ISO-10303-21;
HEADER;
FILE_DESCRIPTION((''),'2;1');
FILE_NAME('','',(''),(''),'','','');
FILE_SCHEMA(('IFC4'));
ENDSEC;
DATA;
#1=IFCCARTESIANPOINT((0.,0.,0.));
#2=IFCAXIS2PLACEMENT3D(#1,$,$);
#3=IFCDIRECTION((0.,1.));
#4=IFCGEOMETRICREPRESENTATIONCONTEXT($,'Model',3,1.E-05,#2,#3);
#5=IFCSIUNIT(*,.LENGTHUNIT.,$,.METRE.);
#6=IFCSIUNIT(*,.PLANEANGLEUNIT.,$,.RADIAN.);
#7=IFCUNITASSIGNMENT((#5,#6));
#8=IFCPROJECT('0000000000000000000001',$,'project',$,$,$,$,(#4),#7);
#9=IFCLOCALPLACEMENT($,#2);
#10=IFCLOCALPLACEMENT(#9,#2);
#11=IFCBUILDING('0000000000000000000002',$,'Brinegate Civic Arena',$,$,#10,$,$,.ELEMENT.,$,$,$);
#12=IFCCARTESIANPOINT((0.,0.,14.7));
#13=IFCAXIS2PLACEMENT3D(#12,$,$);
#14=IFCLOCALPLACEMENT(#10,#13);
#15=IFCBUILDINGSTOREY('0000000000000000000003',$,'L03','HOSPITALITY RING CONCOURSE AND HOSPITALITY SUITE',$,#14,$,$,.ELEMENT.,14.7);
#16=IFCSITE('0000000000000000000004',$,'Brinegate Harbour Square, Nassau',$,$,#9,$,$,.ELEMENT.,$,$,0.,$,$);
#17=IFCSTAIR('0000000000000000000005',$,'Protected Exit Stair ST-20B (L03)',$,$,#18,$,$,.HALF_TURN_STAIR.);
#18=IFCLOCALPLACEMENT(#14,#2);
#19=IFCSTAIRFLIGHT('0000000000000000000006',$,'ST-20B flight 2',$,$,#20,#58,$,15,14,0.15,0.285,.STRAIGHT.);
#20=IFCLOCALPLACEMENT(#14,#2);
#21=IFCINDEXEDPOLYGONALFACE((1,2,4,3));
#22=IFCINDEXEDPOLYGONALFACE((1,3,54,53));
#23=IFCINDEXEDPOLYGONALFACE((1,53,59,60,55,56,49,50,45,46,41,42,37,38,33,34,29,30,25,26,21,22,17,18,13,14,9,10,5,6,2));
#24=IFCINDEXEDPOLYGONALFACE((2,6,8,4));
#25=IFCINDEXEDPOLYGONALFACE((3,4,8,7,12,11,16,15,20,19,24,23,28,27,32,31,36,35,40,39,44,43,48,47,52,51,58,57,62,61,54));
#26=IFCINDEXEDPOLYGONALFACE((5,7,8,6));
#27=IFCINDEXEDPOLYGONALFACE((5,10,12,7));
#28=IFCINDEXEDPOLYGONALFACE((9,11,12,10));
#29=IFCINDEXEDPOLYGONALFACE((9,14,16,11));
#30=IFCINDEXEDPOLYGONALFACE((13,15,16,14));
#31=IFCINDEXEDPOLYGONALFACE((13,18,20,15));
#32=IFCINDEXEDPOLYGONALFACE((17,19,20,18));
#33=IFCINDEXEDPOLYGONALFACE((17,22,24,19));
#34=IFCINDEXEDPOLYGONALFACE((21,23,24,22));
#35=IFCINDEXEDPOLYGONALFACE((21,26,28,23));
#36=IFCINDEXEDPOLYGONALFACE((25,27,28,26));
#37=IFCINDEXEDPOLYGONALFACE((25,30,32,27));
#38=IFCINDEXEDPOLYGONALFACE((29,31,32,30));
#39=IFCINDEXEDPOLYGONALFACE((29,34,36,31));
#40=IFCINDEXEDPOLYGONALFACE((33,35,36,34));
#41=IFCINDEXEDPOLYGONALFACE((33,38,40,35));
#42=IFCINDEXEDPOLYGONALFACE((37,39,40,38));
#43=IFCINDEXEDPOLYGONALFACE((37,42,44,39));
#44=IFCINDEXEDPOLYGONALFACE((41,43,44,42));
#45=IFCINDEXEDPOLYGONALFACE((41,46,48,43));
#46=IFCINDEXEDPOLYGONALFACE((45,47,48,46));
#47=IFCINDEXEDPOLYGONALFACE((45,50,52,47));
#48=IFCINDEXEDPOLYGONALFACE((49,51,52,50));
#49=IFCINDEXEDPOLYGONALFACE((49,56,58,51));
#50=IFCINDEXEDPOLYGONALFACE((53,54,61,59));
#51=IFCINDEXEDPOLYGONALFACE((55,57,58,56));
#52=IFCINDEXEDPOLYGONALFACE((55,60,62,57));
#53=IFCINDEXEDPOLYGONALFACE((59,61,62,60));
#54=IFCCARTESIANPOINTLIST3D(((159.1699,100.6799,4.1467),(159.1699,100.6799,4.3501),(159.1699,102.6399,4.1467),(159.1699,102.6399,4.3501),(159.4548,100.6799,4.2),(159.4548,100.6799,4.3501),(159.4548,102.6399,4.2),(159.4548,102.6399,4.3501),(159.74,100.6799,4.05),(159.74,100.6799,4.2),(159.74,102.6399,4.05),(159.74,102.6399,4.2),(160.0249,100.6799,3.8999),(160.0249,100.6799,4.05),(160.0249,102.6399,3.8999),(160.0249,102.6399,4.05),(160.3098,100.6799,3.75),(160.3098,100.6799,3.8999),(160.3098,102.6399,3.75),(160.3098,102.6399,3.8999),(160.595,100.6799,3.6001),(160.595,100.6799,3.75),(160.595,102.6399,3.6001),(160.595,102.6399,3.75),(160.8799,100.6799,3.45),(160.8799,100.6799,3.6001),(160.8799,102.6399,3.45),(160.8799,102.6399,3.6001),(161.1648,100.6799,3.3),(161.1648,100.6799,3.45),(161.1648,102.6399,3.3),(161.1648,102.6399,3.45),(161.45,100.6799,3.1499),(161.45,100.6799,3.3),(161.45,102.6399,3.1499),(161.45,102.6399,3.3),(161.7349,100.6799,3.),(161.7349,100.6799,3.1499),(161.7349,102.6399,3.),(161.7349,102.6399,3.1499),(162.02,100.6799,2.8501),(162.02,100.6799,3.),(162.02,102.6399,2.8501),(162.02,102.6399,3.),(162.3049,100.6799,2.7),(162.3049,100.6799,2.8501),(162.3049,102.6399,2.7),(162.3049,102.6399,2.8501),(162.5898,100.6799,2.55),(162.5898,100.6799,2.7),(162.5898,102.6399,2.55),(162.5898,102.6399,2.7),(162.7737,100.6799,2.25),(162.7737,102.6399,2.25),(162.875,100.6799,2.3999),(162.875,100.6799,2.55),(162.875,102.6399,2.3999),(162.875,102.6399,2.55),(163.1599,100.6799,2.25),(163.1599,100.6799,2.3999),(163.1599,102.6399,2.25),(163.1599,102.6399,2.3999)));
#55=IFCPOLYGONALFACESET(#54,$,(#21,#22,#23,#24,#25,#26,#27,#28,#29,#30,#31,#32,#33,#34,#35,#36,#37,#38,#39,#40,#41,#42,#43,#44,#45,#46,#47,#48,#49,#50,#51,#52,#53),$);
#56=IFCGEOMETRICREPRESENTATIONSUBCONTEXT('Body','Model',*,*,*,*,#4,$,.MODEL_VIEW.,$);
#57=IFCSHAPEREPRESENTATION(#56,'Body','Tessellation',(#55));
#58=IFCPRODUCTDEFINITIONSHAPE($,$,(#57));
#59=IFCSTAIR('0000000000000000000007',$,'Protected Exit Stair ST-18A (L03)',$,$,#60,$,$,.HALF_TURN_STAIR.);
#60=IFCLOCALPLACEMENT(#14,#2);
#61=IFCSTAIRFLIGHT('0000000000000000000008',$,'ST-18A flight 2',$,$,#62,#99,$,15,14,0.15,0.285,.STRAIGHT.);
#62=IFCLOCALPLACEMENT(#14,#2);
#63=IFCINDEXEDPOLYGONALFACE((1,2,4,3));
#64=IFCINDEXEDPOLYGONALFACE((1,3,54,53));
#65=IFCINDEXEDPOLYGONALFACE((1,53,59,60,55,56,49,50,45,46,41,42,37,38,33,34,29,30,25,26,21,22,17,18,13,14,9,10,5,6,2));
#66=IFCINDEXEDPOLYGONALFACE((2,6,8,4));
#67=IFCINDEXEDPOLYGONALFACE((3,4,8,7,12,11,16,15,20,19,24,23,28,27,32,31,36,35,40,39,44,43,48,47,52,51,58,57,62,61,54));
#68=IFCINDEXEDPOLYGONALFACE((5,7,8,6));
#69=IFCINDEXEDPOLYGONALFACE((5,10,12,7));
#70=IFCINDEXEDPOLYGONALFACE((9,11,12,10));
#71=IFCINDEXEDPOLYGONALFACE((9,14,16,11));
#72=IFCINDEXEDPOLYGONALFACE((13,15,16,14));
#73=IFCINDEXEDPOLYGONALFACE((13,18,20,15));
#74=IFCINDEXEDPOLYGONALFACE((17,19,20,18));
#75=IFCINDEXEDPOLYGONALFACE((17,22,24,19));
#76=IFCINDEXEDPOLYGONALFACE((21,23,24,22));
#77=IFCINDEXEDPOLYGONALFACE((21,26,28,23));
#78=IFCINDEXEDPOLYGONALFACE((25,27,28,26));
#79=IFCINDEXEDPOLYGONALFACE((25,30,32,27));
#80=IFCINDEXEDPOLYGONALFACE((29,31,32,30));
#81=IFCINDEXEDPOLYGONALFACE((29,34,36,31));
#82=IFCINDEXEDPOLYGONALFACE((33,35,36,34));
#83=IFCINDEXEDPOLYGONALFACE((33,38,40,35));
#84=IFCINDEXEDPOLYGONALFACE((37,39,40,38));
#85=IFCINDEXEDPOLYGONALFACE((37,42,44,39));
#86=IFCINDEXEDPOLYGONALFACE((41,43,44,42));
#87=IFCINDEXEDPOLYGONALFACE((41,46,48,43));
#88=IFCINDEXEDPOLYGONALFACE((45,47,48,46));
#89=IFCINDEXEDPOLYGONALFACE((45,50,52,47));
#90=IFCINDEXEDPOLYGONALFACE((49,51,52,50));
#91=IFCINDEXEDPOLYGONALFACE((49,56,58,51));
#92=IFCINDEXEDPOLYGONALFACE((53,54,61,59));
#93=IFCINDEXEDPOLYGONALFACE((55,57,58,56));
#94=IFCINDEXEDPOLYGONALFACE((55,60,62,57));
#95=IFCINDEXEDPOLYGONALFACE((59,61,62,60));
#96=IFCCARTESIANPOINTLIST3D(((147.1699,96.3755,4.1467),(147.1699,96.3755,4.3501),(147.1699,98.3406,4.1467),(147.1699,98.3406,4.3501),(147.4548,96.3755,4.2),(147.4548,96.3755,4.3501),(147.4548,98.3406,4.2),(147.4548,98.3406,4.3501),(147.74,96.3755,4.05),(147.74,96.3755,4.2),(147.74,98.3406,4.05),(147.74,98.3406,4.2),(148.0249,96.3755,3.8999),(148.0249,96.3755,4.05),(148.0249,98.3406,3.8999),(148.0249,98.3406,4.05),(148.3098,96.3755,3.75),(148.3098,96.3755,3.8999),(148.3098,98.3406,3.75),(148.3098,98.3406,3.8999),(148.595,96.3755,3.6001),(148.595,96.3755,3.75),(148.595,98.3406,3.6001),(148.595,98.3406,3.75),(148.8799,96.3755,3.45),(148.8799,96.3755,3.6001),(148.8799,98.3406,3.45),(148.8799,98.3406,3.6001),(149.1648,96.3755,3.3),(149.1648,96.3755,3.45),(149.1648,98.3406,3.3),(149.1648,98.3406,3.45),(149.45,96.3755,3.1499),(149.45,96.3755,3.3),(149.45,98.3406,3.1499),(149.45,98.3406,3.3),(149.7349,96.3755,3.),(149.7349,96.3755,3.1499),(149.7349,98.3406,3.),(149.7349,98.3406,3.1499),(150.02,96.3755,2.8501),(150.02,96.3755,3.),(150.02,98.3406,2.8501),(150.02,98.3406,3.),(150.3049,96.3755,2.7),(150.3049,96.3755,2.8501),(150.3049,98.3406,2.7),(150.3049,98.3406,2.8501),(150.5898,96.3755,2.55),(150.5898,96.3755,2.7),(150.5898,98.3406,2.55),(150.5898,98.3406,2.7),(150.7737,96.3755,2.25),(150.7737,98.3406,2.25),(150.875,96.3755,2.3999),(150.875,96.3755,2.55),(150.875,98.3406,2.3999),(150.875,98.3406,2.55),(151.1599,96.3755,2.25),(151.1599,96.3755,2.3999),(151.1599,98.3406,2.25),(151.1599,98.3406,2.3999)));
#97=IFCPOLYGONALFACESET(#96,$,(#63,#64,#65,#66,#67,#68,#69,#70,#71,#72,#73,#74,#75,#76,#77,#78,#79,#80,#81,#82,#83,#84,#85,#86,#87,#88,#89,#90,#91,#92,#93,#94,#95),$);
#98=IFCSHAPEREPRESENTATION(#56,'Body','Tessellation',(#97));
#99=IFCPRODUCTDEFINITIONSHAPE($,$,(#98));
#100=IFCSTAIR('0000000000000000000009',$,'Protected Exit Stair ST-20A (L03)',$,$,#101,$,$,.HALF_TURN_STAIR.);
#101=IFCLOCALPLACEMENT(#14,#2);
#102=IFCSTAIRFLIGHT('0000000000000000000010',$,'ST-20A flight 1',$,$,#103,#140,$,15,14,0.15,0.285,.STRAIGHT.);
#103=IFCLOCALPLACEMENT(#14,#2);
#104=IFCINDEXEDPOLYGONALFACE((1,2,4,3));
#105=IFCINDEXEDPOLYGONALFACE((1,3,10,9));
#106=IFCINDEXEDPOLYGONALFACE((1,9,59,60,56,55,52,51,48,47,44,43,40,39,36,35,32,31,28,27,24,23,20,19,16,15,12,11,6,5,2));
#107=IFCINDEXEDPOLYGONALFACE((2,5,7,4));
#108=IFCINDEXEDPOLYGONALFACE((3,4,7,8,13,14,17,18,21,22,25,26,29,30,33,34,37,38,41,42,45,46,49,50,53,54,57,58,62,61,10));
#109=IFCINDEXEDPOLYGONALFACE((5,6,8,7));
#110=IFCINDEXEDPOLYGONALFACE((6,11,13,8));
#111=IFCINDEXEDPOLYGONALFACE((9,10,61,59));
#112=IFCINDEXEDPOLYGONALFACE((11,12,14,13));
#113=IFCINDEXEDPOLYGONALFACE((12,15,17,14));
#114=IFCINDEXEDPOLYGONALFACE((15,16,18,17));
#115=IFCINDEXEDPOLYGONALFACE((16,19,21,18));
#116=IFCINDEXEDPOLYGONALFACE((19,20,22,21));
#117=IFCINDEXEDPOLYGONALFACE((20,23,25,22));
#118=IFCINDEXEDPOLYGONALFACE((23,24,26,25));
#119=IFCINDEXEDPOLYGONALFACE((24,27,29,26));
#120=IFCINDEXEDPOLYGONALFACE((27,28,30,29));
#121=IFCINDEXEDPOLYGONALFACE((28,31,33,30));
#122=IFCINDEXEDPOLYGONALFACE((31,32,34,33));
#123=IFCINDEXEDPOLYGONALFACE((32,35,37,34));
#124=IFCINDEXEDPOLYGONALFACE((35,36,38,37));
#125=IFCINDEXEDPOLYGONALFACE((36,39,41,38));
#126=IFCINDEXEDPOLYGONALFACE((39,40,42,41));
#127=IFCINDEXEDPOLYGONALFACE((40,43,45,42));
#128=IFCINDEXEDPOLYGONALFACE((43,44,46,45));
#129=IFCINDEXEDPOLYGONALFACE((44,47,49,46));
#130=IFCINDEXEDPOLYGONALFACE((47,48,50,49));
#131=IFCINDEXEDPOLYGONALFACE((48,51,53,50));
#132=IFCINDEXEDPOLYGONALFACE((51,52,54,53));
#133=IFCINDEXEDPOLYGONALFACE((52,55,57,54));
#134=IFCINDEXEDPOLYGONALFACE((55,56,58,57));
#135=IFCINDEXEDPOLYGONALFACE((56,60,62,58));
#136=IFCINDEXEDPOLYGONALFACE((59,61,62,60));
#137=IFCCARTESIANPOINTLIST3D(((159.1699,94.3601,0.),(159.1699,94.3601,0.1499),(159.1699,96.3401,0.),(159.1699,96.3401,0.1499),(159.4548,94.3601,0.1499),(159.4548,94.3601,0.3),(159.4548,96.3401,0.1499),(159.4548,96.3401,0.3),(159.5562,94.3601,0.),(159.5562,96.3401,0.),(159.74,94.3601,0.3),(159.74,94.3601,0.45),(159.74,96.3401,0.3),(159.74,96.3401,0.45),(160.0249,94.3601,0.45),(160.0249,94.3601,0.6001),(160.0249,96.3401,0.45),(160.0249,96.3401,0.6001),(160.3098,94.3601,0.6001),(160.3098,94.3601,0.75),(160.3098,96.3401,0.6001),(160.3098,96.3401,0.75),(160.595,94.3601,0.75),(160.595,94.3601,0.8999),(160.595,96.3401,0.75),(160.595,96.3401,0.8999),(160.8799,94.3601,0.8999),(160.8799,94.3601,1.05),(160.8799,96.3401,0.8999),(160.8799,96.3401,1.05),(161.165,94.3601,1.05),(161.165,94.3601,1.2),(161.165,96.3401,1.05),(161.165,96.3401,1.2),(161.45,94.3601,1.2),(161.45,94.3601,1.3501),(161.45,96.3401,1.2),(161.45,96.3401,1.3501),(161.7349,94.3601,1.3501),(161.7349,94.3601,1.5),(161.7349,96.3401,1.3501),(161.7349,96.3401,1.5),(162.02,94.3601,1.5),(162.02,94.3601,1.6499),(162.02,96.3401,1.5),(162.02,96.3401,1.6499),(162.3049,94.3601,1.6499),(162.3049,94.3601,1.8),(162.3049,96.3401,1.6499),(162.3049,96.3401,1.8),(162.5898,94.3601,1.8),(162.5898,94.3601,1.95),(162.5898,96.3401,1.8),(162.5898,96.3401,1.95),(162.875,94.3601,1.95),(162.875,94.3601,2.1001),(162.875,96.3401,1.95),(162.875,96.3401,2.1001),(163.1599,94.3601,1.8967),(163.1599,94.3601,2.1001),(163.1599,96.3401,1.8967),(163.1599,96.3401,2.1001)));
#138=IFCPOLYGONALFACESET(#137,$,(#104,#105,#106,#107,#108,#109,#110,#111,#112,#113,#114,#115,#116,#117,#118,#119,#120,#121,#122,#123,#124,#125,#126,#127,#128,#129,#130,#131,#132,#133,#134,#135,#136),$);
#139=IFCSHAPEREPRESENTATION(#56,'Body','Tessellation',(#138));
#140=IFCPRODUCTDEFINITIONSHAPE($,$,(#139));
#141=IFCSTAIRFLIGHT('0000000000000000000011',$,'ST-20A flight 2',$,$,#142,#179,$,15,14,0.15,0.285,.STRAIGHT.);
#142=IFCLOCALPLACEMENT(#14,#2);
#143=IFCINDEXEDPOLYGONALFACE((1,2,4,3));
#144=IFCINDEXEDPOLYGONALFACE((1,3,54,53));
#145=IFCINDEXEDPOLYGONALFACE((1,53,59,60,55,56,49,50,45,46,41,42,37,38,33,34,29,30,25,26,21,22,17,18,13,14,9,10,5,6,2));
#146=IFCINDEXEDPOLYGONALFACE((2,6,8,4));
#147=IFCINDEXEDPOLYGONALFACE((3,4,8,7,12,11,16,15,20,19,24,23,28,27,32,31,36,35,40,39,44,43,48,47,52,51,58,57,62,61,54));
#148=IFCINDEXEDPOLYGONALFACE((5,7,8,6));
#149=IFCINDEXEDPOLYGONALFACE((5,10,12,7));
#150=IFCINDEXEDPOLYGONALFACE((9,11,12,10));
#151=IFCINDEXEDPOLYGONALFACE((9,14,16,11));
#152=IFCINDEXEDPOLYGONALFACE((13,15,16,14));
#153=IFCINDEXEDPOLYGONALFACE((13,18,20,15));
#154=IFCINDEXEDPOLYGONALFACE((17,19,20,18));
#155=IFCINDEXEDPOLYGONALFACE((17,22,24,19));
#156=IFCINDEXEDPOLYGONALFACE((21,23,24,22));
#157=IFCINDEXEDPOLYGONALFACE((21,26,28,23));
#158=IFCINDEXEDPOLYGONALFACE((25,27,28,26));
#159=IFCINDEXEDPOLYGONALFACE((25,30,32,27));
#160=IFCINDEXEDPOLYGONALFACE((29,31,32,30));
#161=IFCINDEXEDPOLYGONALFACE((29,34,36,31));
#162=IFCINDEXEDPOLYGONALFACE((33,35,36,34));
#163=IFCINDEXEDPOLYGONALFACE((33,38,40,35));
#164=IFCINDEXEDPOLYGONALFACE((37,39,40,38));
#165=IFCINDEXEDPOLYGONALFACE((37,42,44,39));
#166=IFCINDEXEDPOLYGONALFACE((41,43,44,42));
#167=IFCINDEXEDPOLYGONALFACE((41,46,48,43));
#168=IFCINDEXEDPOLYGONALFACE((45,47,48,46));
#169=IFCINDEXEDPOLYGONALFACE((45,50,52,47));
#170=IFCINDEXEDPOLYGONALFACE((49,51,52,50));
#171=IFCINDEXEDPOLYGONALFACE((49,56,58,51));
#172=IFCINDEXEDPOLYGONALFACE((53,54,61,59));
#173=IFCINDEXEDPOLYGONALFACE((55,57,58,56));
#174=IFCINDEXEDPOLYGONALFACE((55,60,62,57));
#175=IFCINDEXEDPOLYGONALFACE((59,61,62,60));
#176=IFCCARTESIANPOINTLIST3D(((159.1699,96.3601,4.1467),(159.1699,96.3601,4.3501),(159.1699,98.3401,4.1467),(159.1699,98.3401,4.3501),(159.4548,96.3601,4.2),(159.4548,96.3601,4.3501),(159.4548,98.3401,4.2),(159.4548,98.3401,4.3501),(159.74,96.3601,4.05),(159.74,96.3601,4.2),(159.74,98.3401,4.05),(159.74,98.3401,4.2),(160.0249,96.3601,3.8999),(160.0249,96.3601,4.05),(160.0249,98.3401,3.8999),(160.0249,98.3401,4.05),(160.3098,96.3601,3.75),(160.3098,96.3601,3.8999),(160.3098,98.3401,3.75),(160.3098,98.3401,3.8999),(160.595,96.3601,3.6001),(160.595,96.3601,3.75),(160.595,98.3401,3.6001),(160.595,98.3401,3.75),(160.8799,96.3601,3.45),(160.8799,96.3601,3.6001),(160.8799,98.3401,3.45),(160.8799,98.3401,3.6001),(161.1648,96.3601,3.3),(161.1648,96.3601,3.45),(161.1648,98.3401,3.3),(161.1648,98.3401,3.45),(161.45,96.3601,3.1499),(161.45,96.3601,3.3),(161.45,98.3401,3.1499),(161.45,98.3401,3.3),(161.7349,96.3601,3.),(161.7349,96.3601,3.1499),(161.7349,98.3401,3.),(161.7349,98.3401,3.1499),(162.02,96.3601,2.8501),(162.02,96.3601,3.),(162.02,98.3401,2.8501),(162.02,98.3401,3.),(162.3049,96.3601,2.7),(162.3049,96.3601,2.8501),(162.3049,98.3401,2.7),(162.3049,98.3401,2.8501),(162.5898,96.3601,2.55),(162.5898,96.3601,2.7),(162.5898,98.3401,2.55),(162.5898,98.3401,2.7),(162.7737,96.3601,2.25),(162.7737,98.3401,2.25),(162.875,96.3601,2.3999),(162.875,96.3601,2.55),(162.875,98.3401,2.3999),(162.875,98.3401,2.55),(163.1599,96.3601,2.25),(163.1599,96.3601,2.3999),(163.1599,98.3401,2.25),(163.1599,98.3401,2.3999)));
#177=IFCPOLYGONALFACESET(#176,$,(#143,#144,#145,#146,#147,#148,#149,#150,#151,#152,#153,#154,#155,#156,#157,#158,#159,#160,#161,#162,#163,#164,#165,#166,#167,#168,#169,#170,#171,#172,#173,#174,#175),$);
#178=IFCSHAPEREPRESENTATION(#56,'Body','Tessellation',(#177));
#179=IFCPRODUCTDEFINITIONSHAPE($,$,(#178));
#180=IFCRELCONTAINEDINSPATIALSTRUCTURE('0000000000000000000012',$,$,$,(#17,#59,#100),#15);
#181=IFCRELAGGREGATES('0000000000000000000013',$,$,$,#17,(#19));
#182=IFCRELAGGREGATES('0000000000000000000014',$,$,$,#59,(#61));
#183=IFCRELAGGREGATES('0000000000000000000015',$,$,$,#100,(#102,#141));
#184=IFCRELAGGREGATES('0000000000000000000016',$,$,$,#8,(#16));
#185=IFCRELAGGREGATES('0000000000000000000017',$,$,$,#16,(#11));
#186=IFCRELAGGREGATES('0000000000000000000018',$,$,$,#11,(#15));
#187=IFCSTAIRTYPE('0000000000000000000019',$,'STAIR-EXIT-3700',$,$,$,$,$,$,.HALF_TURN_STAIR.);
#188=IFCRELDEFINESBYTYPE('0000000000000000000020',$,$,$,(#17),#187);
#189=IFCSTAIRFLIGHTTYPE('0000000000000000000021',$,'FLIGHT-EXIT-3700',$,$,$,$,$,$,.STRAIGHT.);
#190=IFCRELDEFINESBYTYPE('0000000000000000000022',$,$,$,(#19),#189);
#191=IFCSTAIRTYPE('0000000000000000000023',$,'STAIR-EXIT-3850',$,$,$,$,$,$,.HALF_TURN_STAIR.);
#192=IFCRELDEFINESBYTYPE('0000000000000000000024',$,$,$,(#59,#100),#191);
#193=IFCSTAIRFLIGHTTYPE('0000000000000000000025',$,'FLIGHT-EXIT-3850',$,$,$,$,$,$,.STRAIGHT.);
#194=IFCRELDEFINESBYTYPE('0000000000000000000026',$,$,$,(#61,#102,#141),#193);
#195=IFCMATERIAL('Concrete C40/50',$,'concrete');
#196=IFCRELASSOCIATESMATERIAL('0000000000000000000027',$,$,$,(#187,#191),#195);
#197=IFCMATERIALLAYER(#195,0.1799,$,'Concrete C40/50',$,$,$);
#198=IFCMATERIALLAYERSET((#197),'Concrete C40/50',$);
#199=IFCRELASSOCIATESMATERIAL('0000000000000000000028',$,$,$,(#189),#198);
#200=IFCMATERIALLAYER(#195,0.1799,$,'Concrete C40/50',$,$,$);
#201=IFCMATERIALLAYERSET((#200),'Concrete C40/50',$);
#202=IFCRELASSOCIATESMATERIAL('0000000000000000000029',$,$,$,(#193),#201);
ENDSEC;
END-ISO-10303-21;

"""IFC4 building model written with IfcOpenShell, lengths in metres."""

from ifc_helpers import new_model, si_unit, direction, frame, origin, place, context, subcontext, project, spatial, polyline, outline, extrude, material, layer, layer_set, type_object, element, aggregate, save


model = new_model("IFC4")

# Units and contexts
model_context = context("Model", 3, precision=1e-05, world=origin(), true_north=direction((0.0, 1.0)))
body_context = subcontext(model_context, "Body", "Model", "MODEL_VIEW")
ifc_project = project(units=[si_unit("LENGTHUNIT", "METRE"), si_unit("PLANEANGLEUNIT", "RADIAN")], contexts=[model_context])

# Site, building, storey
site_placement = place(None, origin())
site = spatial("IfcSite", under=ifc_project, at=site_placement, Name="Brinegate Harbour Square, Nassau", CompositionType="ELEMENT", RefElevation=0.0)
building_placement = place(site_placement, origin())
building = spatial("IfcBuilding", under=site, at=building_placement, Name="Brinegate Civic Arena", CompositionType="ELEMENT")
storey_placement = place(building_placement, frame((0.0, 0.0, 14.7)))
storey = spatial("IfcBuildingStorey", under=building, at=storey_placement, Name="L03", Description="HOSPITALITY RING CONCOURSE AND HOSPITALITY SUITE", CompositionType="ELEMENT", Elevation=14.7)

# Shared definitions
ifc_material_1 = material(Name="Concrete C40/50", Category="concrete")
stair_type_1 = type_object("IfcStairType", Name="STAIR-EXIT-3700", PredefinedType="HALF_TURN_STAIR", material=ifc_material_1)
ifc_layer_1 = layer(ifc_material_1, 0.1799, Name="Concrete C40/50")
ifc_layer_set_1 = layer_set([ifc_layer_1], Name="Concrete C40/50")
stair_flight_type_1 = type_object("IfcStairFlightType", Name="FLIGHT-EXIT-3700", PredefinedType="STRAIGHT", material=ifc_layer_set_1)

# Stair, stair flight
stair_1_placement = place(storey_placement, origin())
stair_1 = element("IfcStair", 1, at=stair_1_placement, inside=storey, type_object=stair_type_1, Name="Protected Exit Stair ST-20B (L03)", PredefinedType="HALF_TURN_STAIR")
stair_flight_1_placement = place(storey_placement, frame((163.1599, 101.6599, 2.25), z_axis=(0.0, 0.0, 1.0), x_axis=(-1.0, 0.0, 0.0)))
stair_flight_1 = element("IfcStairFlight", 2, at=stair_flight_1_placement, type_object=stair_flight_type_1, Name="ST-20B flight 2", NumberOfRisers=15, NumberOfTreads=14, PredefinedType="STRAIGHT", RiserHeight=0.15, TreadLength=0.285, context=body_context, shape_type="SweptSolid", body=[
    extrude(outline(polyline([(0.0, 0.0), (0.0, 0.1499), (0.2849, 0.1499), (0.2849, 0.3), (0.5701, 0.3), (0.5701, 0.45), (0.855, 0.45), (0.855, 0.6001), (1.1399, 0.6001), (1.1399, 0.75), (1.425, 0.75), (1.425, 0.8999), (1.71, 0.8999), (1.71, 1.05), (1.9951, 1.05), (1.9951, 1.2), (2.28, 1.2), (2.28, 1.3501), (2.5649, 1.3501), (2.5649, 1.5), (2.8501, 1.5), (2.8501, 1.6499), (3.135, 1.6499), (3.135, 1.8), (3.4199, 1.8), (3.4199, 1.95), (3.7051, 1.95), (3.7051, 2.1001), (3.99, 2.1001), (3.99, 2.25), (3.99, 1.8967), (0.3862, 0.0), (0.0, 0.0)])), frame((0.0, 0.98, 0.0), z_axis=(0.0, -1.0, 0.0), x_axis=(1.0, 0.0, 0.0)), (0.0, 0.0, 1.0), 1.96),
])
aggregate(stair_1, [stair_flight_1])

# Stair, stair flight
stair_type_2 = type_object("IfcStairType", Name="STAIR-EXIT-3850", PredefinedType="HALF_TURN_STAIR", material=ifc_material_1)
stair_2_placement = place(storey_placement, origin())
stair_2 = element("IfcStair", 3, at=stair_2_placement, inside=storey, type_object=stair_type_2, Name="Protected Exit Stair ST-18A (L03)", PredefinedType="HALF_TURN_STAIR")
ifc_layer_2 = layer(ifc_material_1, 0.1799, Name="Concrete C40/50")
ifc_layer_set_2 = layer_set([ifc_layer_2], Name="Concrete C40/50")
stair_flight_type_2 = type_object("IfcStairFlightType", Name="FLIGHT-EXIT-3850", PredefinedType="STRAIGHT", material=ifc_layer_set_2)
stair_flight_2_placement = place(storey_placement, frame((151.1599, 97.3579, 2.25), z_axis=(0.0, 0.0, 1.0), x_axis=(-1.0, 0.0, 0.0)))
stair_flight_2 = element("IfcStairFlight", 4, at=stair_flight_2_placement, type_object=stair_flight_type_2, Name="ST-18A flight 2", NumberOfRisers=15, NumberOfTreads=14, PredefinedType="STRAIGHT", RiserHeight=0.15, TreadLength=0.285, context=body_context, shape_type="SweptSolid", body=[
    extrude(outline(polyline([(0.0, 0.0), (0.0, 0.1499), (0.2849, 0.1499), (0.2849, 0.3), (0.5701, 0.3), (0.5701, 0.45), (0.855, 0.45), (0.855, 0.6001), (1.1399, 0.6001), (1.1399, 0.75), (1.425, 0.75), (1.425, 0.8999), (1.71, 0.8999), (1.71, 1.05), (1.9951, 1.05), (1.9951, 1.2), (2.28, 1.2), (2.28, 1.3501), (2.5649, 1.3501), (2.5649, 1.5), (2.8501, 1.5), (2.8501, 1.6499), (3.135, 1.6499), (3.135, 1.8), (3.4199, 1.8), (3.4199, 1.95), (3.7051, 1.95), (3.7051, 2.1001), (3.99, 2.1001), (3.99, 2.25), (3.99, 1.8967), (0.3862, 0.0), (0.0, 0.0)])), frame((0.0, 0.9824, 0.0), z_axis=(0.0, -1.0, 0.0), x_axis=(1.0, 0.0, 0.0)), (0.0, 0.0, 1.0), 1.9651),
])
aggregate(stair_2, [stair_flight_2])

# Stair, stair flights
stair_3_placement = place(storey_placement, origin())
stair_3 = element("IfcStair", 5, at=stair_3_placement, inside=storey, type_object=stair_type_2, Name="Protected Exit Stair ST-20A (L03)", PredefinedType="HALF_TURN_STAIR")
stair_flight_3_placement = place(storey_placement, frame((159.1699, 95.3501, 0.0), z_axis=(0.0, 0.0, 1.0), x_axis=(1.0, 0.0, 0.0)))
stair_flight_3 = element("IfcStairFlight", 6, at=stair_flight_3_placement, type_object=stair_flight_type_2, Name="ST-20A flight 1", NumberOfRisers=15, NumberOfTreads=14, PredefinedType="STRAIGHT", RiserHeight=0.15, TreadLength=0.285, context=body_context, shape_type="SweptSolid", body=[
    extrude(outline(polyline([(0.0, 0.0), (0.0, 0.1499), (0.2849, 0.1499), (0.2849, 0.3), (0.5701, 0.3), (0.5701, 0.45), (0.855, 0.45), (0.855, 0.6001), (1.1399, 0.6001), (1.1399, 0.75), (1.425, 0.75), (1.425, 0.8999), (1.71, 0.8999), (1.71, 1.05), (1.9951, 1.05), (1.9951, 1.2), (2.28, 1.2), (2.28, 1.3501), (2.5649, 1.3501), (2.5649, 1.5), (2.8501, 1.5), (2.8501, 1.6499), (3.135, 1.6499), (3.135, 1.8), (3.4199, 1.8), (3.4199, 1.95), (3.7051, 1.95), (3.7051, 2.1001), (3.99, 2.1001), (3.99, 2.25), (3.99, 1.8967), (0.3862, 0.0), (0.0, 0.0)])), frame((0.0, 0.99, 0.0), z_axis=(0.0, -1.0, 0.0), x_axis=(1.0, 0.0, 0.0)), (0.0, 0.0, 1.0), 1.98),
])
stair_flight_4_placement = place(storey_placement, frame((163.1599, 97.3501, 2.25), z_axis=(0.0, 0.0, 1.0), x_axis=(-1.0, 0.0, 0.0)))
stair_flight_4 = element("IfcStairFlight", 7, at=stair_flight_4_placement, type_object=stair_flight_type_2, Name="ST-20A flight 2", NumberOfRisers=15, NumberOfTreads=14, PredefinedType="STRAIGHT", RiserHeight=0.15, TreadLength=0.285, context=body_context, shape_type="SweptSolid", body=[
    extrude(outline(polyline([(0.0, 0.0), (0.0, 0.1499), (0.2849, 0.1499), (0.2849, 0.3), (0.5701, 0.3), (0.5701, 0.45), (0.855, 0.45), (0.855, 0.6001), (1.1399, 0.6001), (1.1399, 0.75), (1.425, 0.75), (1.425, 0.8999), (1.71, 0.8999), (1.71, 1.05), (1.9951, 1.05), (1.9951, 1.2), (2.28, 1.2), (2.28, 1.3501), (2.5649, 1.3501), (2.5649, 1.5), (2.8501, 1.5), (2.8501, 1.6499), (3.135, 1.6499), (3.135, 1.8), (3.4199, 1.8), (3.4199, 1.95), (3.7051, 1.95), (3.7051, 2.1001), (3.99, 2.1001), (3.99, 2.25), (3.99, 1.8967), (0.3862, 0.0), (0.0, 0.0)])), frame((0.0, 0.99, 0.0), z_axis=(0.0, -1.0, 0.0), x_axis=(1.0, 0.0, 0.0)), (0.0, 0.0, 1.0), 1.98),
])
aggregate(stair_3, [stair_flight_3, stair_flight_4])

save(model, "model.ifc")
